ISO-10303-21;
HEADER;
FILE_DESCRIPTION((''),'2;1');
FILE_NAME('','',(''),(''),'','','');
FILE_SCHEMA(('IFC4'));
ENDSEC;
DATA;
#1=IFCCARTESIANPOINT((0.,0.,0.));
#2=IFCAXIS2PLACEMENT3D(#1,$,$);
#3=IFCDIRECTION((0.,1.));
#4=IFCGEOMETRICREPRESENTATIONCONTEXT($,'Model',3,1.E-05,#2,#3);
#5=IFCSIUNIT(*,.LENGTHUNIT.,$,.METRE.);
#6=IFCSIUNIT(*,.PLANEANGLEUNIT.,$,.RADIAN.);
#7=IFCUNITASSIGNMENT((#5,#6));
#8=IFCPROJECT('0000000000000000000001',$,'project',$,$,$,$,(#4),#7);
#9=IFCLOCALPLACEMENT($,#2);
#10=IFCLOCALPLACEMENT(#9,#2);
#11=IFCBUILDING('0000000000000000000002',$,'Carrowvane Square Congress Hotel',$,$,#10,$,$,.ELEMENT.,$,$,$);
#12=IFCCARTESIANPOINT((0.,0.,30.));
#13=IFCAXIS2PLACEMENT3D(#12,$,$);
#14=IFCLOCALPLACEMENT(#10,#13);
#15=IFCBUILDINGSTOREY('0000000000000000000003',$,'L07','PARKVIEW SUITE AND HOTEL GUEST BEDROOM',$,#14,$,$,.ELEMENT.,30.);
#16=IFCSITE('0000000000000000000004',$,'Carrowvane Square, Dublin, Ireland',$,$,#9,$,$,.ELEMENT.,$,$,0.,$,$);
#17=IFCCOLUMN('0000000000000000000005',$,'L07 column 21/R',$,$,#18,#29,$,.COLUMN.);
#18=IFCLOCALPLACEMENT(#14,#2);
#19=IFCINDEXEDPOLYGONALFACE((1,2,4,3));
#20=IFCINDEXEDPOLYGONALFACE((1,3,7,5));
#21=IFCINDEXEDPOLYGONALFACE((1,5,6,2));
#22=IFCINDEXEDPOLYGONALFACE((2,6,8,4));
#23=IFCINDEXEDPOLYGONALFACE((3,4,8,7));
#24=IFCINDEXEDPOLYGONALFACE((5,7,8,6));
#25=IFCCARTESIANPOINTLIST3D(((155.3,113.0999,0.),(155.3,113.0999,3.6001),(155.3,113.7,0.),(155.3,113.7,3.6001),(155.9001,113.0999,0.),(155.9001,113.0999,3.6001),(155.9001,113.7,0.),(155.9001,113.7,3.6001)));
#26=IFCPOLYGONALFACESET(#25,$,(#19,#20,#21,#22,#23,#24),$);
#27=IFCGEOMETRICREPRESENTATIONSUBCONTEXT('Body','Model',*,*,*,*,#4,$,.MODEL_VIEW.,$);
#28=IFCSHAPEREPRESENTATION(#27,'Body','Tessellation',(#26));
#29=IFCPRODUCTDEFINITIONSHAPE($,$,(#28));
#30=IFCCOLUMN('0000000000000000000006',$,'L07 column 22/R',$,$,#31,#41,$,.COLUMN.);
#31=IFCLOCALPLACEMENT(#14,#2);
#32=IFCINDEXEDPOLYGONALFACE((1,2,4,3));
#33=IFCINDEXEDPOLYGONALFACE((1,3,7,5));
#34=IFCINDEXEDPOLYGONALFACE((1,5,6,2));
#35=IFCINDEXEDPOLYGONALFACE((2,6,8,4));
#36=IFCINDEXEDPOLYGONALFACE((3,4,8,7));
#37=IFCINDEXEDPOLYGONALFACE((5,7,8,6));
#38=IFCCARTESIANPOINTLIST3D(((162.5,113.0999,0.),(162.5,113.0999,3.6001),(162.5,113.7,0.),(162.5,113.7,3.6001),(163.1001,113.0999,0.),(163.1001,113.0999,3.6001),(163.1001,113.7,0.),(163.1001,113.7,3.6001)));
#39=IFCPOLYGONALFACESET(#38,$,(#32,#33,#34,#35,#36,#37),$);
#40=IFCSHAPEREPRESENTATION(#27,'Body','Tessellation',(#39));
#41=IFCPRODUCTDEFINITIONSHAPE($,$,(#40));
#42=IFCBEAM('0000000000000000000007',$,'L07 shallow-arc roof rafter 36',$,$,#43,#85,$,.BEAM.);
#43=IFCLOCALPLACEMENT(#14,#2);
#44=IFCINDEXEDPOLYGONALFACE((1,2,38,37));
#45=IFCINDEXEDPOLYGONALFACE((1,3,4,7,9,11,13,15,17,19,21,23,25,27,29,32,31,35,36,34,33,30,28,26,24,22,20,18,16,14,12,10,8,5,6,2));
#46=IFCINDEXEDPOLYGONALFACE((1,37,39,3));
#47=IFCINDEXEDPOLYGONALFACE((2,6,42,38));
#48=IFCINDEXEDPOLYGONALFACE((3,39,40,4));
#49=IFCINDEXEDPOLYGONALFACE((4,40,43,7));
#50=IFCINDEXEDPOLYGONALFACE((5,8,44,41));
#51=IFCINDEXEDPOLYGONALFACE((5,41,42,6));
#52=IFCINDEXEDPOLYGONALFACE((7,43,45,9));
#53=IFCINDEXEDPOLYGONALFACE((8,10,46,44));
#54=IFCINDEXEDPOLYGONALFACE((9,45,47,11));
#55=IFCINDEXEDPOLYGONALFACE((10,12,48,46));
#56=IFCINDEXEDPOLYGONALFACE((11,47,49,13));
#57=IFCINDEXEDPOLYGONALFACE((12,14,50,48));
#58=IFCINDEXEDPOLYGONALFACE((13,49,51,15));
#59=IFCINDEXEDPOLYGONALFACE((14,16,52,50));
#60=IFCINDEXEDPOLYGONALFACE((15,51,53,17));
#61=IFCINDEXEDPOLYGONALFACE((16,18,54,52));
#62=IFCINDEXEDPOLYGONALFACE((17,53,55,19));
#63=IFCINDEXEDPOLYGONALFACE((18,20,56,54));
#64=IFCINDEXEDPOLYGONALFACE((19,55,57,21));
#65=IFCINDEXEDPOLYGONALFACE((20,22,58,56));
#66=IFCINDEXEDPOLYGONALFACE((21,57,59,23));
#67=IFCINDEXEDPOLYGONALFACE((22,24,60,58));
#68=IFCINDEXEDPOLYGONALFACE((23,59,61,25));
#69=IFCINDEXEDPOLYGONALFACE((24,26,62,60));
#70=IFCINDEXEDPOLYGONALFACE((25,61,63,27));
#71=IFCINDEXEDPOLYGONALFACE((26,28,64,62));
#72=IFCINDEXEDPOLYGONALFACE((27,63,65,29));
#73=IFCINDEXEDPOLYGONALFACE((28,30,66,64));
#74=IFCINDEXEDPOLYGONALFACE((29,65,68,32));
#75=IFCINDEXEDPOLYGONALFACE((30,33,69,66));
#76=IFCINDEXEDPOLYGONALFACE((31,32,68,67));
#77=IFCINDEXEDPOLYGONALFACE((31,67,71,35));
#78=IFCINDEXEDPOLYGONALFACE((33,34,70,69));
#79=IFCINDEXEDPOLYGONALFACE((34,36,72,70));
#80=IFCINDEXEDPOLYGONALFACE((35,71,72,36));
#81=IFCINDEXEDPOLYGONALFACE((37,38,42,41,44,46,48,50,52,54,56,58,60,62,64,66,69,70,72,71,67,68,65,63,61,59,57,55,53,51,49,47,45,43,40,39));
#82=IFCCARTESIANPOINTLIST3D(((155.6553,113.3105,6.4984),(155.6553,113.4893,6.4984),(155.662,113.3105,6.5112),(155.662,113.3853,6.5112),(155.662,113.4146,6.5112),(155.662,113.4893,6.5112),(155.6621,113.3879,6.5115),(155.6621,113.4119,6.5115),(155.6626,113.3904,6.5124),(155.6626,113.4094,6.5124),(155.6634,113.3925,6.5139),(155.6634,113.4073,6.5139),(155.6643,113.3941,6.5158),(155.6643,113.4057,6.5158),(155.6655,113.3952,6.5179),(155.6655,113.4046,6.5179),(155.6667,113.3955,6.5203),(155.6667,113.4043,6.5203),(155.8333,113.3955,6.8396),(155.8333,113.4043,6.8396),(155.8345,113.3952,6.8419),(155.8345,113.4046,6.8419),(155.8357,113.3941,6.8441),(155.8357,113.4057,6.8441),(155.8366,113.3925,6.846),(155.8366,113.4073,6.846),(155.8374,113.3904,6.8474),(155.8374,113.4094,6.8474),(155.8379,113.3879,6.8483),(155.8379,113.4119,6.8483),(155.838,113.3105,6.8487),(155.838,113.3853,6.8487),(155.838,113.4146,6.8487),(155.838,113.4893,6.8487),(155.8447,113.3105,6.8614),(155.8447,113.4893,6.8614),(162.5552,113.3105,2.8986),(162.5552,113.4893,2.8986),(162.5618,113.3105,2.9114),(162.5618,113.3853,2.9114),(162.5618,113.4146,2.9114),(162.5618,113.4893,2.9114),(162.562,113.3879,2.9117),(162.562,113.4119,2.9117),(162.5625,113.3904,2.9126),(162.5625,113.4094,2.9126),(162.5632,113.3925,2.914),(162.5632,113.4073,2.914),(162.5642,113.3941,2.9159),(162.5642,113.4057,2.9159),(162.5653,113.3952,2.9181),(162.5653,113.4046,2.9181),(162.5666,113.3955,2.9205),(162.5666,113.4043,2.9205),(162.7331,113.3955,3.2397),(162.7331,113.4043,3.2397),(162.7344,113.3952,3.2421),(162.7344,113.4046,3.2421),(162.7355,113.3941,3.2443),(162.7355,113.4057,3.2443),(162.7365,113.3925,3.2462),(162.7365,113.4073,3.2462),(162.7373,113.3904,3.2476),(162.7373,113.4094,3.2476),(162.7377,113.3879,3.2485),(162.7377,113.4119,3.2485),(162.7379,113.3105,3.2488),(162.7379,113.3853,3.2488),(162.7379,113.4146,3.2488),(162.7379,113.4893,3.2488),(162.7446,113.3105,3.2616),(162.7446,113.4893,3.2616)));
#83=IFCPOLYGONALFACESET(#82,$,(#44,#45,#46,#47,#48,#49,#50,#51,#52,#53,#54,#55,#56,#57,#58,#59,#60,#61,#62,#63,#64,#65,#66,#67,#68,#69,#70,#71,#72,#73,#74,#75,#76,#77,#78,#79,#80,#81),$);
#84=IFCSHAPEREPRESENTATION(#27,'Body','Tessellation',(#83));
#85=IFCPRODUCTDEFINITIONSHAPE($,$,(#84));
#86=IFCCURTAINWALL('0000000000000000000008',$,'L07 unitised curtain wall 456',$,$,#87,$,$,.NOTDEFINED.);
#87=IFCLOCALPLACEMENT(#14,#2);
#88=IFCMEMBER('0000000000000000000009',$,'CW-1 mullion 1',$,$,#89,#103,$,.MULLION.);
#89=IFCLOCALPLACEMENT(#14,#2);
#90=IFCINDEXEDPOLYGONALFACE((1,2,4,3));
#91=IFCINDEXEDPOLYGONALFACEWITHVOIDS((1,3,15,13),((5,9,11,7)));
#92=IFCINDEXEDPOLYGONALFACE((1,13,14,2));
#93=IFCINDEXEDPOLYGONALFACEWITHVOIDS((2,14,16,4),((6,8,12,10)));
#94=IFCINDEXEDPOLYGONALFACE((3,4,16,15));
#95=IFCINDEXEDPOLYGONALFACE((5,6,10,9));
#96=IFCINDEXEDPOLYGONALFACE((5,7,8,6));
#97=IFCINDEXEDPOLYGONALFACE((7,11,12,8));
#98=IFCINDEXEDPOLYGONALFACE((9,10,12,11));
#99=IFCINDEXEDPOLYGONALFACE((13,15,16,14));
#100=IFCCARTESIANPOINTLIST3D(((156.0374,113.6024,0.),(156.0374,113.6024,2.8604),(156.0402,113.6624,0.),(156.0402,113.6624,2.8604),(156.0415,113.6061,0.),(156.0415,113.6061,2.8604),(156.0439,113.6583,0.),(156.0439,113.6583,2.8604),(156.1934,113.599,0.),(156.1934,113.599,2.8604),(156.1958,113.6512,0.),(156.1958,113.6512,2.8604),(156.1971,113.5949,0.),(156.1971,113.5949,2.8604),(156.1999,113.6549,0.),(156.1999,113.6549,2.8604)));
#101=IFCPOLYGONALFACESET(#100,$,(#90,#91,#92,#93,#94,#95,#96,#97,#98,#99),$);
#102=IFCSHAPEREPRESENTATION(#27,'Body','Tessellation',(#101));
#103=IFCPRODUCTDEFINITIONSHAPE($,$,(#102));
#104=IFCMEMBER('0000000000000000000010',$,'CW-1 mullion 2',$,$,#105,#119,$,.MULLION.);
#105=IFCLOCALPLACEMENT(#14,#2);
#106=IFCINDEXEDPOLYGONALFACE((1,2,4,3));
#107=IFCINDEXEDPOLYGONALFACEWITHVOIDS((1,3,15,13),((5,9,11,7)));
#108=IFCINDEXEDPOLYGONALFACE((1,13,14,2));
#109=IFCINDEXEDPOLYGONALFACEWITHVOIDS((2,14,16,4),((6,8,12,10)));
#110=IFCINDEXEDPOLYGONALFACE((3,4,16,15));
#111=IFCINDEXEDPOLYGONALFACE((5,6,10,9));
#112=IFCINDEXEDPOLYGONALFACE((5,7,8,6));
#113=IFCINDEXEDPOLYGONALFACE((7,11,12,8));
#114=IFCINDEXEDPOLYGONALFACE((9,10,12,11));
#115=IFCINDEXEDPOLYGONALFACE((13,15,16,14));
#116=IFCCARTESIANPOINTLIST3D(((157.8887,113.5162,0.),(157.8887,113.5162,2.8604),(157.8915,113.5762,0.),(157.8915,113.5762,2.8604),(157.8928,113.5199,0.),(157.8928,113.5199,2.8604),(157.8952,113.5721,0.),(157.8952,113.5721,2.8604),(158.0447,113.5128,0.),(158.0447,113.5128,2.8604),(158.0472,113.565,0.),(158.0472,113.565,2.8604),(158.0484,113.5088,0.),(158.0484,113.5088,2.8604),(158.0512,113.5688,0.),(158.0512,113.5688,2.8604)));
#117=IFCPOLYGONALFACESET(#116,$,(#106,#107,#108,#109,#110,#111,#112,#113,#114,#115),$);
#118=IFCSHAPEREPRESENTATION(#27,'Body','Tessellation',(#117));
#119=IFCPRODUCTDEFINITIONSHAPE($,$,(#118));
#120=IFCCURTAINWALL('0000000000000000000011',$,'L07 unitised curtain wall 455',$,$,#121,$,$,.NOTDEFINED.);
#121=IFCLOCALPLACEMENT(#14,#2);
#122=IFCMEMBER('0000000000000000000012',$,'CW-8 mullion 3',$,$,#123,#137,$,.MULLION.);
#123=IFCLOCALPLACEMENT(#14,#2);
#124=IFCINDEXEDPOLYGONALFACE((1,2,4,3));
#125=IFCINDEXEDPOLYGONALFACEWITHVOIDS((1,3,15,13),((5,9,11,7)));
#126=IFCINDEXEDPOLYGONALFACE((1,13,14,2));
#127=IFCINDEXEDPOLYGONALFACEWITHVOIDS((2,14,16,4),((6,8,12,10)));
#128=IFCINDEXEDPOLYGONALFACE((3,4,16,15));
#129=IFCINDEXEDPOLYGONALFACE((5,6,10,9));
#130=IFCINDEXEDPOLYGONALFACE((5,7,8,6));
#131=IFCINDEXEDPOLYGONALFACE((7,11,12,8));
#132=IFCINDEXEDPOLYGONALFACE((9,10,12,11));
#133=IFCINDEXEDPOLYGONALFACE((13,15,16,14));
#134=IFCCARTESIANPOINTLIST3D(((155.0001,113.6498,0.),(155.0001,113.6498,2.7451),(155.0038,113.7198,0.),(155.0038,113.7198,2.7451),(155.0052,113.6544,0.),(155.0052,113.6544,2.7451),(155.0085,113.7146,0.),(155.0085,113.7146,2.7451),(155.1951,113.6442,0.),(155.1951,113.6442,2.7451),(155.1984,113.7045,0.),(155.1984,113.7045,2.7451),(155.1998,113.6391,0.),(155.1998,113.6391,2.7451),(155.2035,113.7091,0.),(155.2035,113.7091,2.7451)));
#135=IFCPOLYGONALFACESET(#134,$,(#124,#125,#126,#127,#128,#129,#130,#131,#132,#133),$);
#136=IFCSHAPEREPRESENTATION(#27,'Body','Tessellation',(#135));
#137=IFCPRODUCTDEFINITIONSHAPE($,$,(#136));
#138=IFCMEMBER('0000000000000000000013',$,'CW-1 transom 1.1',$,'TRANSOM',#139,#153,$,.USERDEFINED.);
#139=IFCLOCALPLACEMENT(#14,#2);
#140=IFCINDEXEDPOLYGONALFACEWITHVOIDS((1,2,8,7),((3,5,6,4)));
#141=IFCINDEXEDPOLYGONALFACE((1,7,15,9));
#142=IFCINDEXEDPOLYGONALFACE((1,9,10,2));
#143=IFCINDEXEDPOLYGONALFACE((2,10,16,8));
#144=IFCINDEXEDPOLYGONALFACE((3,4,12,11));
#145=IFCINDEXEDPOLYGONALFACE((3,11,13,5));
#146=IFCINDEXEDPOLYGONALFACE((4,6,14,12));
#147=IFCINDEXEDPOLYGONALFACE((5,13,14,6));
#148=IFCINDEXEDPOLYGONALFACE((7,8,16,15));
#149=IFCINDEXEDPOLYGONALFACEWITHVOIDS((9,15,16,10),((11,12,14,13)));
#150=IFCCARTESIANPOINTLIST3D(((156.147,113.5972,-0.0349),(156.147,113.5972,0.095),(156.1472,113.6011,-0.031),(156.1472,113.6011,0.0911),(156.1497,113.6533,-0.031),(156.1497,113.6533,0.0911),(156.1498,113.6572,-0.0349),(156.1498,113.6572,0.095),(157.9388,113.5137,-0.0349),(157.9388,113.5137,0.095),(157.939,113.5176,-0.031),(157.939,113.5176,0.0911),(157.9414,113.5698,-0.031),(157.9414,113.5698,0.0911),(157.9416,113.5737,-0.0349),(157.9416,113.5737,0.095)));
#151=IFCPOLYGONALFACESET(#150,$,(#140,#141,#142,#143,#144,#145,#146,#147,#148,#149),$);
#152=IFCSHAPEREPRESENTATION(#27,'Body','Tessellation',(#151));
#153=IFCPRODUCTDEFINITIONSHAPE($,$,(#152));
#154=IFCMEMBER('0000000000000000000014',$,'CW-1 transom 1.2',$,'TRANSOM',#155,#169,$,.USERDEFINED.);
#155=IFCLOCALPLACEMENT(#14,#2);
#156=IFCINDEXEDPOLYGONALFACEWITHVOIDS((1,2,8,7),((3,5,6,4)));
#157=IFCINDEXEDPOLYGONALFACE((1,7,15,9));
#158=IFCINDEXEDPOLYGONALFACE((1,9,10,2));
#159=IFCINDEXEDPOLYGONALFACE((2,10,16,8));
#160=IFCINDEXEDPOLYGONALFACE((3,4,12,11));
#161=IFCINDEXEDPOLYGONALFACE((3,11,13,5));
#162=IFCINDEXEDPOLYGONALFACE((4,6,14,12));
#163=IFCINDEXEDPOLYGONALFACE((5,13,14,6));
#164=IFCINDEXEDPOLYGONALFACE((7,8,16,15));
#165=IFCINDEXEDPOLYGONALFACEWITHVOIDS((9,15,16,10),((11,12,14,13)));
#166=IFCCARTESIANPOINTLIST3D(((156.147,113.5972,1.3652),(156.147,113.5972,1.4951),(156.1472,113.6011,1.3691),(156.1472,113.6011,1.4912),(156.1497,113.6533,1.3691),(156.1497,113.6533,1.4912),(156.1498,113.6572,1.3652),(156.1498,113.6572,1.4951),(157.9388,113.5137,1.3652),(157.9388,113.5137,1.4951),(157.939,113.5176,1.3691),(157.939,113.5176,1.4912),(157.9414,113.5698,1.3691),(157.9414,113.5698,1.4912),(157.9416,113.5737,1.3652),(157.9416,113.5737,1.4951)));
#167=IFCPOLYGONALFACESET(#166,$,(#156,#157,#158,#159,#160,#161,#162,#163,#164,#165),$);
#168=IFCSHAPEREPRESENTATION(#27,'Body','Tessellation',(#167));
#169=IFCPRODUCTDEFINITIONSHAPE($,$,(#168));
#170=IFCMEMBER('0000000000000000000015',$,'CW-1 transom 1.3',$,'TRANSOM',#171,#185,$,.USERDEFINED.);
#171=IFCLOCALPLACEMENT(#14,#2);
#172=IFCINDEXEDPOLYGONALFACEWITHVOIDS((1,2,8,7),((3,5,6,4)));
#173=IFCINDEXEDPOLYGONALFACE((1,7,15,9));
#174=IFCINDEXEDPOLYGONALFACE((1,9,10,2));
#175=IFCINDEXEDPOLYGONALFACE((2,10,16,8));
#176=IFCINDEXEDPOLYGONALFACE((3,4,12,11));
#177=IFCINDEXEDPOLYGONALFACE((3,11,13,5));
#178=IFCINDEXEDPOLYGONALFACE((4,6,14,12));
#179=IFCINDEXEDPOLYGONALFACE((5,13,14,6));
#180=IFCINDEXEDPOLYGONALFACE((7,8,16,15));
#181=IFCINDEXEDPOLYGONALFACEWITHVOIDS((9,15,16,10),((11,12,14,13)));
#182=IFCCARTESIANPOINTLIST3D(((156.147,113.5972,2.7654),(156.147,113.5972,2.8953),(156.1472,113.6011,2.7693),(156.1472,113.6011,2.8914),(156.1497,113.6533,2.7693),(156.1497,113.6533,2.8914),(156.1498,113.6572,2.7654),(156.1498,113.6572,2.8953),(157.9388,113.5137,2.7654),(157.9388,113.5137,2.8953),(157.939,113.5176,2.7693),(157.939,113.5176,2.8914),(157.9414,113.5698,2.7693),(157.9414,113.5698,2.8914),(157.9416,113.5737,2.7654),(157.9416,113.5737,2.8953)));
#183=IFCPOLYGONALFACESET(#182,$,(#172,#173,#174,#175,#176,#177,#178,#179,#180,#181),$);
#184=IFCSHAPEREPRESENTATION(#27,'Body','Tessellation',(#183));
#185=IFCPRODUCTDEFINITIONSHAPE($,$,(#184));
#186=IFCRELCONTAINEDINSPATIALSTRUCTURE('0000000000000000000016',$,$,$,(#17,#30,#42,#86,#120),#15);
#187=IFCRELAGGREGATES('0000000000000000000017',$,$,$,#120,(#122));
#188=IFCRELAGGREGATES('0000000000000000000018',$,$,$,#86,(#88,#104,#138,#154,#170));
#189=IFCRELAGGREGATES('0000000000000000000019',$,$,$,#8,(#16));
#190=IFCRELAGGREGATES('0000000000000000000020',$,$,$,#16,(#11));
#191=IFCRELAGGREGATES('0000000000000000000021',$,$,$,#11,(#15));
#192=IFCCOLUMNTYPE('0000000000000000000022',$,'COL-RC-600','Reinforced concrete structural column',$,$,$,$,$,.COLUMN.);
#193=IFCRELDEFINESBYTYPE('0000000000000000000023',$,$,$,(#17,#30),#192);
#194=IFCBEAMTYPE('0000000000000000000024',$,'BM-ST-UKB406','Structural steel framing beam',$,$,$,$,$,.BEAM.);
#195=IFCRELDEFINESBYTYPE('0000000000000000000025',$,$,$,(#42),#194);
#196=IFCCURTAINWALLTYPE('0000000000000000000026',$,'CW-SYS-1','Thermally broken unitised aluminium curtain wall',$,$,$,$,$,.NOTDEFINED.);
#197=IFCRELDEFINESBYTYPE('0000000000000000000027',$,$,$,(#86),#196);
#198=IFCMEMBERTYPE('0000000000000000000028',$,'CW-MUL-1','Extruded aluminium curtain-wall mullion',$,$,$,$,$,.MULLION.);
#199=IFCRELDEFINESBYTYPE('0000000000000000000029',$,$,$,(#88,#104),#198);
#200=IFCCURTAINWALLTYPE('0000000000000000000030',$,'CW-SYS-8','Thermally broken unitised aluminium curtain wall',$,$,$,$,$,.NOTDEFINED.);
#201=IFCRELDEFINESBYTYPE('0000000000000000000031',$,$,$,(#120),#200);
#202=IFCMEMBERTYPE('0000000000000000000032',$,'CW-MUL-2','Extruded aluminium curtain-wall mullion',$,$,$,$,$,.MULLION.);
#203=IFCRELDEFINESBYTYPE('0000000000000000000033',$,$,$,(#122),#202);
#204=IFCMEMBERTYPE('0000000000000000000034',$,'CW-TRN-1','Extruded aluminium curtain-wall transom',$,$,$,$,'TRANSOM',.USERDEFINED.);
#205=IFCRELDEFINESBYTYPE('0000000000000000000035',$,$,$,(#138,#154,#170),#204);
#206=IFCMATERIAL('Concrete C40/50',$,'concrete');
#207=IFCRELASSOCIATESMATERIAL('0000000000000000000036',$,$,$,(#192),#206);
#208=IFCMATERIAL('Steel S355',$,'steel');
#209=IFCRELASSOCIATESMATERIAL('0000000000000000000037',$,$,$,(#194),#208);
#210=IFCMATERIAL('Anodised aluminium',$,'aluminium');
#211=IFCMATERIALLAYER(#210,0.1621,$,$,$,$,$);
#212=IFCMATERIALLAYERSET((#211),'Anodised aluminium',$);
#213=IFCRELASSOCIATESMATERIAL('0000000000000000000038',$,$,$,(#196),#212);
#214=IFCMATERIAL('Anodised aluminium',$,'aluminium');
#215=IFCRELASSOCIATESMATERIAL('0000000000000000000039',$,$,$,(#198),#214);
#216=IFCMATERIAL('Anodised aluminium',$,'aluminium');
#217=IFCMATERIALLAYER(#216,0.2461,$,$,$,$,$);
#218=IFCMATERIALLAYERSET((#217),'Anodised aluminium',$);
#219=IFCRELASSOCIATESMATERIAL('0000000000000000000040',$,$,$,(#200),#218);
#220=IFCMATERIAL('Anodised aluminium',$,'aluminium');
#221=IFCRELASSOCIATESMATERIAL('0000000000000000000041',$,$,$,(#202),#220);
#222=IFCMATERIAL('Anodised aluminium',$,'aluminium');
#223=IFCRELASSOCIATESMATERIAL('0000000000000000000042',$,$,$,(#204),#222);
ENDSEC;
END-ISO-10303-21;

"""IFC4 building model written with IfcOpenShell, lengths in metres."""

from ifc_helpers import new_model, si_unit, direction, frame, origin, origin_2d, place, context, subcontext, project, spatial, rectangle, hollow_rectangle, i_section, extrude, material, layer, layer_set, material_profile, profile_set, type_object, element, aggregate, save


model = new_model("IFC4")

# Units and contexts
model_context = context("Model", 3, precision=1e-05, world=origin(), true_north=direction((0.0, 1.0)))
body_context = subcontext(model_context, "Body", "Model", "MODEL_VIEW")
ifc_project = project(units=[si_unit("LENGTHUNIT", "METRE"), si_unit("PLANEANGLEUNIT", "RADIAN")], contexts=[model_context])

# Site, building, storey
site_placement = place(None, origin())
site = spatial("IfcSite", under=ifc_project, at=site_placement, Name="Carrowvane Square, Dublin, Ireland", CompositionType="ELEMENT", RefElevation=0.0)
building_placement = place(site_placement, origin())
building = spatial("IfcBuilding", under=site, at=building_placement, Name="Carrowvane Square Congress Hotel", CompositionType="ELEMENT")
storey_placement = place(building_placement, frame((0.0, 0.0, 30.0)))
storey = spatial("IfcBuildingStorey", under=building, at=storey_placement, Name="L07", Description="PARKVIEW SUITE AND HOTEL GUEST BEDROOM", CompositionType="ELEMENT", Elevation=30.0)

# Columns
ifc_material_1 = material(Name="Concrete C40/50", Category="concrete")
ifc_material_profile_1 = material_profile(ifc_material_1, rectangle(XDim=0.6001, YDim=0.6001, at=origin_2d()), Name="RC 600x600")
ifc_profile_set_1 = profile_set([ifc_material_profile_1], Name="Concrete C40/50")
column_type = type_object("IfcColumnType", Name="COL-RC-600", Description="Reinforced concrete structural column", PredefinedType="COLUMN", material=ifc_profile_set_1)
for number, where, z_axis, x_axis, name in (
    (1, (155.6001, 113.3999, 0.0), (0.0, 0.0, 1.0), (1.0, 0.0, 0.0), "L07 column 21/R"),
    (2, (162.8, 113.3999, 0.0), (0.0, 0.0, 1.0), (1.0, 0.0, 0.0), "L07 column 22/R"),
):
    element("IfcColumn", number, at=place(storey_placement, frame(where, z_axis=z_axis, x_axis=x_axis)), inside=storey, type_object=column_type, Name=name, PredefinedType="COLUMN", context=body_context, shape_type="SweptSolid", body=[
        extrude(rectangle(XDim=0.6001, YDim=0.6001, at=origin_2d()), origin(), (0.0, 0.0, 1.0), 3.6001),
    ])

# Beam
ifc_material_2 = material(Name="Steel S355", Category="steel")
ifc_material_profile_2 = material_profile(ifc_material_2, i_section(OverallWidth=0.1787, OverallDepth=0.4094, WebThickness=0.0088, FlangeThickness=0.0144, FilletRadius=0.0103, at=origin_2d()), Name="UKB 406x178x67")
ifc_profile_set_2 = profile_set([ifc_material_profile_2], Name="Steel S355")
beam_type = type_object("IfcBeamType", Name="BM-ST-UKB406", Description="Structural steel framing beam", PredefinedType="BEAM", material=ifc_profile_set_2)
beam_placement = place(storey_placement, frame((155.75, 113.3999, 6.6799), z_axis=(0.88659, 0.0, -0.462556), x_axis=(0.0, 1.0, 0.0)))
element("IfcBeam", 3, at=beam_placement, inside=storey, type_object=beam_type, Name="L07 shallow-arc roof rafter 36", PredefinedType="BEAM", context=body_context, shape_type="SweptSolid", body=[
    extrude(i_section(OverallWidth=0.1787, OverallDepth=0.4094, WebThickness=0.0088, FlangeThickness=0.0144, FilletRadius=0.0103, at=origin_2d()), origin(), (0.0, 0.0, 1.0), 7.7825),
])

# Curtain wall, members
ifc_material_3 = material(Name="Anodised aluminium", Category="aluminium")
ifc_layer_1 = layer(ifc_material_3, 0.1621)
ifc_layer_set_1 = layer_set([ifc_layer_1], Name="Anodised aluminium")
curtain_wall_type_1 = type_object("IfcCurtainWallType", Name="CW-SYS-1", Description="Thermally broken unitised aluminium curtain wall", PredefinedType="NOTDEFINED", material=ifc_layer_set_1)
curtain_wall_1_placement = place(storey_placement, origin())
curtain_wall_1 = element("IfcCurtainWall", 4, at=curtain_wall_1_placement, inside=storey, type_object=curtain_wall_type_1, Name="L07 unitised curtain wall 456", PredefinedType="NOTDEFINED")
ifc_material_4 = material(Name="Anodised aluminium", Category="aluminium")
ifc_material_profile_3 = material_profile(ifc_material_4, hollow_rectangle(XDim=0.0601, YDim=0.1599, WallThickness=0.0039, at=origin_2d()), Name="CW-ML 60x160x4")
ifc_profile_set_3 = profile_set([ifc_material_profile_3], Name="Anodised aluminium")
member_type_1 = type_object("IfcMemberType", Name="CW-MUL-1", Description="Extruded aluminium curtain-wall mullion", PredefinedType="MULLION", material=ifc_profile_set_3)
member_1_placement = place(storey_placement, frame((156.1187, 113.6287, 0.0), z_axis=(0.0, 0.0, 1.0), x_axis=(0.046522, 0.998917, 0.0)))
member_1 = element("IfcMember", 5, at=member_1_placement, type_object=member_type_1, Name="CW-1 mullion 1", PredefinedType="MULLION", context=body_context, shape_type="SweptSolid", body=[
    extrude(hollow_rectangle(XDim=0.0601, YDim=0.1599, WallThickness=0.0039, at=origin_2d()), origin(), (0.0, 0.0, 1.0), 2.8604),
])
member_2_placement = place(storey_placement, frame((157.97, 113.5425, 0.0), z_axis=(0.0, 0.0, 1.0), x_axis=(0.046522, 0.998917, 0.0)))
member_2 = element("IfcMember", 6, at=member_2_placement, type_object=member_type_1, Name="CW-1 mullion 2", PredefinedType="MULLION", context=body_context, shape_type="SweptSolid", body=[
    extrude(hollow_rectangle(XDim=0.0601, YDim=0.1599, WallThickness=0.0039, at=origin_2d()), origin(), (0.0, 0.0, 1.0), 2.8604),
])

# Curtain wall, member
ifc_material_5 = material(Name="Anodised aluminium", Category="aluminium")
ifc_layer_2 = layer(ifc_material_5, 0.2461)
ifc_layer_set_2 = layer_set([ifc_layer_2], Name="Anodised aluminium")
curtain_wall_type_2 = type_object("IfcCurtainWallType", Name="CW-SYS-8", Description="Thermally broken unitised aluminium curtain wall", PredefinedType="NOTDEFINED", material=ifc_layer_set_2)
curtain_wall_2_placement = place(storey_placement, origin())
curtain_wall_2 = element("IfcCurtainWall", 7, at=curtain_wall_2_placement, inside=storey, type_object=curtain_wall_type_2, Name="L07 unitised curtain wall 455", PredefinedType="NOTDEFINED")
ifc_material_6 = material(Name="Anodised aluminium", Category="aluminium")
ifc_material_profile_4 = material_profile(ifc_material_6, hollow_rectangle(XDim=0.0701, YDim=0.2, WallThickness=0.0049, at=origin_2d()), Name="CW-ML 70x200x5")
ifc_profile_set_4 = profile_set([ifc_material_profile_4], Name="Anodised aluminium")
member_type_2 = type_object("IfcMemberType", Name="CW-MUL-2", Description="Extruded aluminium curtain-wall mullion", PredefinedType="MULLION", material=ifc_profile_set_4)
member_3_placement = place(storey_placement, frame((155.1018, 113.6794, 0.0), z_axis=(0.0, 0.0, 1.0), x_axis=(0.053516, 0.998567, 0.0)))
member_3 = element("IfcMember", 8, at=member_3_placement, type_object=member_type_2, Name="CW-8 mullion 3", PredefinedType="MULLION", context=body_context, shape_type="SweptSolid", body=[
    extrude(hollow_rectangle(XDim=0.0701, YDim=0.2, WallThickness=0.0049, at=origin_2d()), origin(), (0.0, 0.0, 1.0), 2.7451),
])

# Members
ifc_material_7 = material(Name="Anodised aluminium", Category="aluminium")
ifc_material_profile_5 = material_profile(ifc_material_7, hollow_rectangle(XDim=0.0601, YDim=0.1299, WallThickness=0.0039, at=origin_2d()), Name="CW-TR 60x130x4")
ifc_profile_set_5 = profile_set([ifc_material_profile_5], Name="Anodised aluminium")
member_type_3 = type_object("IfcMemberType", Name="CW-TRN-1", Description="Extruded aluminium curtain-wall transom", ElementType="TRANSOM", PredefinedType="USERDEFINED", material=ifc_profile_set_5)
member_4_placement = place(storey_placement, frame((156.1484, 113.6272, 0.03), z_axis=(0.998916, -0.04655, 0.0), x_axis=(0.04655, 0.998916, 0.0)))
member_4 = element("IfcMember", 9, at=member_4_placement, type_object=member_type_3, Name="CW-1 transom 1.1", ObjectType="TRANSOM", PredefinedType="USERDEFINED", context=body_context, shape_type="SweptSolid", body=[
    extrude(hollow_rectangle(XDim=0.0601, YDim=0.1299, WallThickness=0.0039, at=origin_2d()), origin(), (0.0, 0.0, 1.0), 1.7937),
])
member_5_placement = place(storey_placement, frame((156.1484, 113.6272, 1.4302), z_axis=(0.998916, -0.04655, 0.0), x_axis=(0.04655, 0.998916, 0.0)))
member_5 = element("IfcMember", 10, at=member_5_placement, type_object=member_type_3, Name="CW-1 transom 1.2", ObjectType="TRANSOM", PredefinedType="USERDEFINED", context=body_context, shape_type="SweptSolid", body=[
    extrude(hollow_rectangle(XDim=0.0601, YDim=0.1299, WallThickness=0.0039, at=origin_2d()), origin(), (0.0, 0.0, 1.0), 1.7937),
])
member_6_placement = place(storey_placement, frame((156.1484, 113.6272, 2.8303), z_axis=(0.998916, -0.04655, 0.0), x_axis=(0.04655, 0.998916, 0.0)))
member_6 = element("IfcMember", 11, at=member_6_placement, type_object=member_type_3, Name="CW-1 transom 1.3", ObjectType="TRANSOM", PredefinedType="USERDEFINED", context=body_context, shape_type="SweptSolid", body=[
    extrude(hollow_rectangle(XDim=0.0601, YDim=0.1299, WallThickness=0.0039, at=origin_2d()), origin(), (0.0, 0.0, 1.0), 1.7937),
])

aggregate(curtain_wall_2, [member_3])
aggregate(curtain_wall_1, [member_1, member_2, member_4, member_5, member_6])

save(model, "model.ifc")
